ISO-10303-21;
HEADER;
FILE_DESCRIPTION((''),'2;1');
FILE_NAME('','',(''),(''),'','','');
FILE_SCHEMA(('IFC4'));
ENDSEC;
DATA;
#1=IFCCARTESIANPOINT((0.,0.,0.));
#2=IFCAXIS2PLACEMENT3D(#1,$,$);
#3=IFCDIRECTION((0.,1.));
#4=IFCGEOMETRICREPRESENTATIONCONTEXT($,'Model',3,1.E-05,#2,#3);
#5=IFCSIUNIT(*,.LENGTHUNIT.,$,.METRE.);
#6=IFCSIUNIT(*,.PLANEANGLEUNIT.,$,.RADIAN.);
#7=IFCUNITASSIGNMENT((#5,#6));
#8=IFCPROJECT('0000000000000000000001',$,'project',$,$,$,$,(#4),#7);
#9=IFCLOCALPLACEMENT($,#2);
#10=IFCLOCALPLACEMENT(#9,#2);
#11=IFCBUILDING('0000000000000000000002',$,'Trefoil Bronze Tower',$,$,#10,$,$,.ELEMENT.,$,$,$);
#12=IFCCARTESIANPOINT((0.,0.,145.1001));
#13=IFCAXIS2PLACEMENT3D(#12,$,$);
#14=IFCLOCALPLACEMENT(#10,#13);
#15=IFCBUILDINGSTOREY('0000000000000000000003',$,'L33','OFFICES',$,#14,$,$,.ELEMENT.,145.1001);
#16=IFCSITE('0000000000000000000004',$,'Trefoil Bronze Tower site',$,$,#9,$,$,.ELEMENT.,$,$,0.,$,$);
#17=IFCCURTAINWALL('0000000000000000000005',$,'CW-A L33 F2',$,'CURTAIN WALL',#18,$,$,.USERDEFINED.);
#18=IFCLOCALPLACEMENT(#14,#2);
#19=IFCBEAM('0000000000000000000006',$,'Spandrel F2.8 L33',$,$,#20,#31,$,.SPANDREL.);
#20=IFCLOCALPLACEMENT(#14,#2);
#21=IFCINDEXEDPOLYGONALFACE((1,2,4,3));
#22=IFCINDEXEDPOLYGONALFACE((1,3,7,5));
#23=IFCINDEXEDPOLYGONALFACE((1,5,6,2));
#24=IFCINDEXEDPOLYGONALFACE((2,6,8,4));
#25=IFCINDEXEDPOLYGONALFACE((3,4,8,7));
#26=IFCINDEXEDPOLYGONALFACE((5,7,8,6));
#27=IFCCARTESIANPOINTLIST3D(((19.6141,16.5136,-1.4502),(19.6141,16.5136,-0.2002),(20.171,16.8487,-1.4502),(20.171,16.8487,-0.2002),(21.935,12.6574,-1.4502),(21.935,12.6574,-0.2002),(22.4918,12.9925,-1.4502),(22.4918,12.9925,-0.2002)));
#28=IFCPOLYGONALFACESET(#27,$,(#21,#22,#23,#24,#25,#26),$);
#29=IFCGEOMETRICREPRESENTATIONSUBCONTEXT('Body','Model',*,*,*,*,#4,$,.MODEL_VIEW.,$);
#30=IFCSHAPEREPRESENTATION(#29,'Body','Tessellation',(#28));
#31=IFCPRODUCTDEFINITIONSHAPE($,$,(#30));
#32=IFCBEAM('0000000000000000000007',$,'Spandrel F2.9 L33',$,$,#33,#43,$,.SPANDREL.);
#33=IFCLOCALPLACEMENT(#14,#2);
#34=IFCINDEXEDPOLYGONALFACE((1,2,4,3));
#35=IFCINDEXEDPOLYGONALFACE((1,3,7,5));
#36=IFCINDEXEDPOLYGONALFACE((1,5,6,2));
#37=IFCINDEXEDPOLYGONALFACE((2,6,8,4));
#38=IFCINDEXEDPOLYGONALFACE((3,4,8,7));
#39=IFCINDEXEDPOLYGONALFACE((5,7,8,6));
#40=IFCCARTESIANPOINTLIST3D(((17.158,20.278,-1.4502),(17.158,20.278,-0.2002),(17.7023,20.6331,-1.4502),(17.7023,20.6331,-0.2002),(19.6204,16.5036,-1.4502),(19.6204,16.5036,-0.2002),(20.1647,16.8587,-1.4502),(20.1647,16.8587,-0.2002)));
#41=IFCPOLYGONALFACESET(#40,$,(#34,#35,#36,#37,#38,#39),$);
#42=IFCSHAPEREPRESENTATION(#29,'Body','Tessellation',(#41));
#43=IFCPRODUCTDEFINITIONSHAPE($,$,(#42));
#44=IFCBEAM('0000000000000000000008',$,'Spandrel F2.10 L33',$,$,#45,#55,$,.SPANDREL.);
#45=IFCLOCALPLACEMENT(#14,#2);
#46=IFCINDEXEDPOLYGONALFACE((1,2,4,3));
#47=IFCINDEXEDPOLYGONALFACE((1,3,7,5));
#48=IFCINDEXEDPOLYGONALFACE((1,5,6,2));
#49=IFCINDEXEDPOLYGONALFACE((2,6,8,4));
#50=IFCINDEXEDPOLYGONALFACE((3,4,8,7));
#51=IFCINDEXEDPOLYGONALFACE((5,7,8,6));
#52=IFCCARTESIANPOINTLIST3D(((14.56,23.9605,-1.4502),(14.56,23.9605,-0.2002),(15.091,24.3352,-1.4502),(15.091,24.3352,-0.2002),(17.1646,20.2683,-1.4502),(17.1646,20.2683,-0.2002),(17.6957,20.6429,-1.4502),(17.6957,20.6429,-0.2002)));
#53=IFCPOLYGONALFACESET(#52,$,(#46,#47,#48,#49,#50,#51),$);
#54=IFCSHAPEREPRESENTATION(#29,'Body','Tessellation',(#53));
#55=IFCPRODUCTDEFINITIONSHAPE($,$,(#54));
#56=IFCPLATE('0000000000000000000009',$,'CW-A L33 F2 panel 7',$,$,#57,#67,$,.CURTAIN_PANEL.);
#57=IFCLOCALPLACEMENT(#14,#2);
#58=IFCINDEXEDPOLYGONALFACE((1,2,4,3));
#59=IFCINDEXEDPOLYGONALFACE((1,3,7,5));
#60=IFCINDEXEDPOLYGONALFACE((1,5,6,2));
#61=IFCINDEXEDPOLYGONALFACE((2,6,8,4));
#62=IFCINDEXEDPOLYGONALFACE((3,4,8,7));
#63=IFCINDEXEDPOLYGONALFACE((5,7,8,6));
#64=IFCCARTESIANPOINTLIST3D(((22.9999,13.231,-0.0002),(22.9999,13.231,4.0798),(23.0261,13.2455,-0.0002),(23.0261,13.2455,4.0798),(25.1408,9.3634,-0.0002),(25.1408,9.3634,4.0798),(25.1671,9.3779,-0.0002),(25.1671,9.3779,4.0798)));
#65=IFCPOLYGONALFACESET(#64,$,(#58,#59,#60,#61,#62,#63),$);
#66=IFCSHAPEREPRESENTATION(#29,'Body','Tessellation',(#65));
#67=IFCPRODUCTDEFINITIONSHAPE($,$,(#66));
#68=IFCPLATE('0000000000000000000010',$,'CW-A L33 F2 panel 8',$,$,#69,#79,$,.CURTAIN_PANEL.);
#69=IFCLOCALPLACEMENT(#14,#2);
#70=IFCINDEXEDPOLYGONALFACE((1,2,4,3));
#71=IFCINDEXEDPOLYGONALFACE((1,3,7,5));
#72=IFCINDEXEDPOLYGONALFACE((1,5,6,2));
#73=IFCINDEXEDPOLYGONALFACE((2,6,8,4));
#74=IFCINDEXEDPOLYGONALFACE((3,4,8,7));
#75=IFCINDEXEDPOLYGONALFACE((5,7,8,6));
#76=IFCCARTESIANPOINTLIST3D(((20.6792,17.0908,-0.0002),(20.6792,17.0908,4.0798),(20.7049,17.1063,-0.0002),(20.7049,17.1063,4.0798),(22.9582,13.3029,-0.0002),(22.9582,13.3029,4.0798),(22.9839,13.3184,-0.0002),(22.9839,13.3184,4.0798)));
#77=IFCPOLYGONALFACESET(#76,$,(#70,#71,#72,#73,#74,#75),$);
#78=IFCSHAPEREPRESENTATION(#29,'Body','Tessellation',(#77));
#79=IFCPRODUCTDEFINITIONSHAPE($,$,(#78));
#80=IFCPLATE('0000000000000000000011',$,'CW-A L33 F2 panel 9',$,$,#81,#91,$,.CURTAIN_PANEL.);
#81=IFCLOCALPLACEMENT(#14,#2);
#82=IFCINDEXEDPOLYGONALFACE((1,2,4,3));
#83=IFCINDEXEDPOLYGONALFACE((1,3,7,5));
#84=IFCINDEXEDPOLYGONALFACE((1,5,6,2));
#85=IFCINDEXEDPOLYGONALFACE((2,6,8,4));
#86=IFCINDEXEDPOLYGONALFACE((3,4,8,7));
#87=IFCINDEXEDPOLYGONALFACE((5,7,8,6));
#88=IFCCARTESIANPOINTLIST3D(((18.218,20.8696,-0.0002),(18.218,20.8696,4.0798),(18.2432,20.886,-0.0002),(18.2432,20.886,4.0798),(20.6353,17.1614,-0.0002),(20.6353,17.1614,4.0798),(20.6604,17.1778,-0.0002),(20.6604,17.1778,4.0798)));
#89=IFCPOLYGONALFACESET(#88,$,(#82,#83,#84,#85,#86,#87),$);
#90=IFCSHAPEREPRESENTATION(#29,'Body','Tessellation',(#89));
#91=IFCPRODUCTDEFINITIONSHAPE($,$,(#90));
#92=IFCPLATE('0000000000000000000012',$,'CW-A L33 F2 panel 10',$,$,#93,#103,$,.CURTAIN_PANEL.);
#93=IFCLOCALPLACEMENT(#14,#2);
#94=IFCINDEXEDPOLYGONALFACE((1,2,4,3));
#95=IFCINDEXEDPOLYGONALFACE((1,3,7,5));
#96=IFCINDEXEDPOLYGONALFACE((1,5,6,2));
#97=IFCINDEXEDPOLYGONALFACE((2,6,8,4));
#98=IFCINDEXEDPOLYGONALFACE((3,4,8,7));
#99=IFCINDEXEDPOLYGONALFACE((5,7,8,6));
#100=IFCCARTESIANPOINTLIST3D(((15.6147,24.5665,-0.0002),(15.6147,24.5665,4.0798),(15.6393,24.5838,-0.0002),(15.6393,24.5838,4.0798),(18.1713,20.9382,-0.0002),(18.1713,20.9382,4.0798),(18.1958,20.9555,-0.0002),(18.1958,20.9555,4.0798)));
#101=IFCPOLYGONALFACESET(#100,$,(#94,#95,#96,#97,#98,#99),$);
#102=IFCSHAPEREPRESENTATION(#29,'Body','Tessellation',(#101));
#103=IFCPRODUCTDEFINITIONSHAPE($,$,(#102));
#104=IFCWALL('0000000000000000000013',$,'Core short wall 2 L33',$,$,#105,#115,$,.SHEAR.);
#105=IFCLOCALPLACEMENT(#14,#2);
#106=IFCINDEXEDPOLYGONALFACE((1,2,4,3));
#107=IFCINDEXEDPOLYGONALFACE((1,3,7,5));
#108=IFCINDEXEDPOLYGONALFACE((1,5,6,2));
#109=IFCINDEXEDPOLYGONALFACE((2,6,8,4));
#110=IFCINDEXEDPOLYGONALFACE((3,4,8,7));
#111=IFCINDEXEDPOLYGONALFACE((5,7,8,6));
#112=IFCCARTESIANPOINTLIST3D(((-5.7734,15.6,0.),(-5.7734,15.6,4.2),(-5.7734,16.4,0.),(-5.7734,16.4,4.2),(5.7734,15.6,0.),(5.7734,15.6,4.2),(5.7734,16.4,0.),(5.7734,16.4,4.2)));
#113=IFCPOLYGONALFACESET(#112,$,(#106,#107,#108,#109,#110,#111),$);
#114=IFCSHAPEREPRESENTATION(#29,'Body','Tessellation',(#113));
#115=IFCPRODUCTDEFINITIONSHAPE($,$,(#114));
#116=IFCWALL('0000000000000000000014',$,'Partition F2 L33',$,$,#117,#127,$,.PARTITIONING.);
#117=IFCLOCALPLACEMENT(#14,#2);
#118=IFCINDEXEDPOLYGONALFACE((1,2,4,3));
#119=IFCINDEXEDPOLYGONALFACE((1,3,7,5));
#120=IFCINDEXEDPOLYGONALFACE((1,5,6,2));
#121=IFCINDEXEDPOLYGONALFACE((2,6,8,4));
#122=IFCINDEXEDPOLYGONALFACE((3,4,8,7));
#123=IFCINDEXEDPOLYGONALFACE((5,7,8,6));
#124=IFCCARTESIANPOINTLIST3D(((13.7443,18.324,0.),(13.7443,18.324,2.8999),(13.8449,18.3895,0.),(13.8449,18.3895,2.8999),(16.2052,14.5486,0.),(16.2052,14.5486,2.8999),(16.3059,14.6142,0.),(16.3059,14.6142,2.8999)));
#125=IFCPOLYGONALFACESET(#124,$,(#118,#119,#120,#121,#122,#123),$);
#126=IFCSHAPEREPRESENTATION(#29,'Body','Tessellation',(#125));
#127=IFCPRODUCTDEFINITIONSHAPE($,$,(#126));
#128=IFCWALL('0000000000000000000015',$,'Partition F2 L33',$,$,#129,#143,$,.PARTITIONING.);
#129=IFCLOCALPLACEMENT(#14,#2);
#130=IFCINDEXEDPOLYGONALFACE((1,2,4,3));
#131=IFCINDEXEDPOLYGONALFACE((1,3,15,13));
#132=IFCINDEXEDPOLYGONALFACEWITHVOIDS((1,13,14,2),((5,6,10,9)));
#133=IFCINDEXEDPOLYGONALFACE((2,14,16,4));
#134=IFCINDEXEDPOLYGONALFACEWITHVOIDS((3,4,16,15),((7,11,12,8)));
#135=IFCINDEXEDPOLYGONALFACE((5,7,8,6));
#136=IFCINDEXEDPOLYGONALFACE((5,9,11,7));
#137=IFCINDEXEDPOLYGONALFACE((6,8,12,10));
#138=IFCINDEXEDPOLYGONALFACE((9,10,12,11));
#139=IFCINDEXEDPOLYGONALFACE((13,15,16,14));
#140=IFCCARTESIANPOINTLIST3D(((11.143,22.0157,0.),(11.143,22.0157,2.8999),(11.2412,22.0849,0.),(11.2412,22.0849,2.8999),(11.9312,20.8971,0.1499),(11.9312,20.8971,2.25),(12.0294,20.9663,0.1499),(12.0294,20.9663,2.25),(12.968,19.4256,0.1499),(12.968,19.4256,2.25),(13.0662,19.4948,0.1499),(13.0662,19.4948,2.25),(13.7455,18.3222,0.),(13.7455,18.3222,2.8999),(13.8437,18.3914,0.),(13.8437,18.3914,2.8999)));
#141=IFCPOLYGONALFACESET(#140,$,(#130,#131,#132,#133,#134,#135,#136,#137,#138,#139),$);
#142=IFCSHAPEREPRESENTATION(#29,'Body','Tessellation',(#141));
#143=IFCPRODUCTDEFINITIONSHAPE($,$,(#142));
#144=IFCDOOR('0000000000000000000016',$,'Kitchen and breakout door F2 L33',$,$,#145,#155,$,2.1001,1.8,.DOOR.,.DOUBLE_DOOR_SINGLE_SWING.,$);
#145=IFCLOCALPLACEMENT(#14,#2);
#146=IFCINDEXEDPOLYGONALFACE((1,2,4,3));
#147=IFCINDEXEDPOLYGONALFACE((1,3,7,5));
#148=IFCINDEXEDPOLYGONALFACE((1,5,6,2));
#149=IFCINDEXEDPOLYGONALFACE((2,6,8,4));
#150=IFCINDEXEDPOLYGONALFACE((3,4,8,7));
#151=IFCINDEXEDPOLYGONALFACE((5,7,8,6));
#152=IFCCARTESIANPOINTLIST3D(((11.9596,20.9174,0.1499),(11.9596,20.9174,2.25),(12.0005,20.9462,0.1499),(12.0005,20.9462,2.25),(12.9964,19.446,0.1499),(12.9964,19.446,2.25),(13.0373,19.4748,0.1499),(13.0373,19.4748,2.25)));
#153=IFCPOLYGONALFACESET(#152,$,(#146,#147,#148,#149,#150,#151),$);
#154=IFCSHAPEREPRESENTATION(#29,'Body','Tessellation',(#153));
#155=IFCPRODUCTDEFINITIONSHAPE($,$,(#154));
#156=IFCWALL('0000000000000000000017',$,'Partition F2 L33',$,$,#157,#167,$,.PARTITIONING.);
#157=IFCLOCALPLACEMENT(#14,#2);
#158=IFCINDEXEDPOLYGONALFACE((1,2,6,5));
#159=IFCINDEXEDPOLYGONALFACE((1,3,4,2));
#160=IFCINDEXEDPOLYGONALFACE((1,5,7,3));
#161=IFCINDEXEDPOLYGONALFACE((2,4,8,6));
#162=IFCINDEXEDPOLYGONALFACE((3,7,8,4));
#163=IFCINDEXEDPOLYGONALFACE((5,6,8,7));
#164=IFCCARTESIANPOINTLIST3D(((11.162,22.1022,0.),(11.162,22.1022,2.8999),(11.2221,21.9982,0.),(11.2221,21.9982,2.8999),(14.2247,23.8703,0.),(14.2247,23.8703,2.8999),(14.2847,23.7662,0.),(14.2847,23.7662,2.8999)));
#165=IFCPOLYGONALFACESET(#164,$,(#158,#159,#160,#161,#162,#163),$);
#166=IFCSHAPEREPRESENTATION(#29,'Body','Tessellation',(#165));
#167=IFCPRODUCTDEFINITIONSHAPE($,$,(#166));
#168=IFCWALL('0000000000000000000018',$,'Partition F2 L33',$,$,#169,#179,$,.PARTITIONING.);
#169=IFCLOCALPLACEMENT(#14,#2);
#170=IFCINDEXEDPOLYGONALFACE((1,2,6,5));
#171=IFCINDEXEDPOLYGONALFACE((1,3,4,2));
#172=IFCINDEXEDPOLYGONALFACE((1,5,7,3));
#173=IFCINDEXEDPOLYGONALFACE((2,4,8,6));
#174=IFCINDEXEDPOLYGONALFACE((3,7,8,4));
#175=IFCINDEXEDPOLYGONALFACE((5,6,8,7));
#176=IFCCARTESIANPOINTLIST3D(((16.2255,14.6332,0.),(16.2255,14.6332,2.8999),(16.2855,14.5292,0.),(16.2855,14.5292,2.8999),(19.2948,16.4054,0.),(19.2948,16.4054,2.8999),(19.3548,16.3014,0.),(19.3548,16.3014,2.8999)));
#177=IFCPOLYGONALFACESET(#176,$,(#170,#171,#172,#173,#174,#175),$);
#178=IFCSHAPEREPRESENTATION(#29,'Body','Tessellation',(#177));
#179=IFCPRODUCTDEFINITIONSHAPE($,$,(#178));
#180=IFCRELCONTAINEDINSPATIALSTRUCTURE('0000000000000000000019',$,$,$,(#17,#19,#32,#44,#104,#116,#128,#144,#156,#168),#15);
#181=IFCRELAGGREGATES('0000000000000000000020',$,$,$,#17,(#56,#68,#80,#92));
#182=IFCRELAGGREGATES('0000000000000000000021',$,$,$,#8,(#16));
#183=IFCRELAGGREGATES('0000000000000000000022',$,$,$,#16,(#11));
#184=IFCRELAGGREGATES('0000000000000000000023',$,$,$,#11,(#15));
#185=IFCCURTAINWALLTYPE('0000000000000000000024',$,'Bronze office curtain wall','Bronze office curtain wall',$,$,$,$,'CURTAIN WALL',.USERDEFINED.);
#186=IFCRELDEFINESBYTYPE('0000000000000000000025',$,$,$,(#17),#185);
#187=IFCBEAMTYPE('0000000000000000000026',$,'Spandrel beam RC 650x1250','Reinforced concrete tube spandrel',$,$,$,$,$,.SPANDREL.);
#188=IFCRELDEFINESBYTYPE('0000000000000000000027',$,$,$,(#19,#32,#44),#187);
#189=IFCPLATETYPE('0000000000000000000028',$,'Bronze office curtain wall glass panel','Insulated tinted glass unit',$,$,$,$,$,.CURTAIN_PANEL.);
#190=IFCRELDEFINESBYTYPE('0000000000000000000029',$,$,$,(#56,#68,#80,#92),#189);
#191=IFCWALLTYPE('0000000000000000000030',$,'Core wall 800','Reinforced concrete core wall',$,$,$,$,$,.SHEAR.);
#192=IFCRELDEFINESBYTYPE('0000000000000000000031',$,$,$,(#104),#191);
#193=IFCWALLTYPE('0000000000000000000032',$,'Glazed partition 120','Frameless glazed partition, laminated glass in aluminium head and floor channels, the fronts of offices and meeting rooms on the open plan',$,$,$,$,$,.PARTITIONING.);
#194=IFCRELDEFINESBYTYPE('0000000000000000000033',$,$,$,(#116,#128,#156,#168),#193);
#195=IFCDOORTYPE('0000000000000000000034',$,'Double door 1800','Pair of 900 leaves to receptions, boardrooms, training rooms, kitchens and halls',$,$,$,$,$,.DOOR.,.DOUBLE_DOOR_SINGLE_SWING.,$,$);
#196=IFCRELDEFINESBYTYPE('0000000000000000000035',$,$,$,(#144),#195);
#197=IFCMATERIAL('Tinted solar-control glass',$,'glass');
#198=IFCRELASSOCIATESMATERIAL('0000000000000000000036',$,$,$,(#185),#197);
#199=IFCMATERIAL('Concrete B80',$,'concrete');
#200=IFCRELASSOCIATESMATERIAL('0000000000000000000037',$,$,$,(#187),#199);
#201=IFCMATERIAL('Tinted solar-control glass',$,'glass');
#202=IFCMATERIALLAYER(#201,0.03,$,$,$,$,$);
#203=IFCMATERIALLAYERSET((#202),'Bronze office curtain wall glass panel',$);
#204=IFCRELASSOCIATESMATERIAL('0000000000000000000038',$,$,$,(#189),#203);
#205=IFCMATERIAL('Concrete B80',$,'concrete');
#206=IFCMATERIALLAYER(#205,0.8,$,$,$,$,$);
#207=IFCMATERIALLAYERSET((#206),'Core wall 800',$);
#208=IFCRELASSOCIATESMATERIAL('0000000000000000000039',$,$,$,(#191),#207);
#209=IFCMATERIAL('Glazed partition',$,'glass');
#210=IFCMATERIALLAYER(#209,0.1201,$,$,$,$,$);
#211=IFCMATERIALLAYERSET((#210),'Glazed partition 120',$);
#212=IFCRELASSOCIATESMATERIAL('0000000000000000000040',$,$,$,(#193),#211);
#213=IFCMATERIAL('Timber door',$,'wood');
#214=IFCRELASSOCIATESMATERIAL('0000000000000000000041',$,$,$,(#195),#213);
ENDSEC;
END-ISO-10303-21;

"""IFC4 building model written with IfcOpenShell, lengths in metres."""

from ifc_helpers import new_model, si_unit, direction, frame, frame_2d, origin, origin_2d, place, context, subcontext, project, spatial, rectangle, extrude, material, layer, layer_set, material_profile, profile_set, type_object, element, fill, aggregate, save


model = new_model("IFC4")

# Units and contexts
model_context = context("Model", 3, precision=1e-05, world=origin(), true_north=direction((0.0, 1.0)))
body_context = subcontext(model_context, "Body", "Model", "MODEL_VIEW")
ifc_project = project(units=[si_unit("LENGTHUNIT", "METRE"), si_unit("PLANEANGLEUNIT", "RADIAN")], contexts=[model_context])

# Site, building, storey
site_placement = place(None, origin())
site = spatial("IfcSite", under=ifc_project, at=site_placement, Name="Trefoil Bronze Tower site", CompositionType="ELEMENT", RefElevation=0.0)
building_placement = place(site_placement, origin())
building = spatial("IfcBuilding", under=site, at=building_placement, Name="Trefoil Bronze Tower", CompositionType="ELEMENT")
storey_placement = place(building_placement, frame((0.0, 0.0, 145.1001)))
storey = spatial("IfcBuildingStorey", under=building, at=storey_placement, Name="L33", Description="OFFICES", CompositionType="ELEMENT", Elevation=145.1001)

# Curtain wall
ifc_material_1 = material(Name="Tinted solar-control glass", Category="glass")
curtain_wall_type = type_object("IfcCurtainWallType", Name="Bronze office curtain wall", Description="Bronze office curtain wall", ElementType="CURTAIN WALL", PredefinedType="USERDEFINED", material=ifc_material_1)
curtain_wall_placement = place(storey_placement, origin())
curtain_wall = element("IfcCurtainWall", 1, at=curtain_wall_placement, inside=storey, type_object=curtain_wall_type, Name="CW-A L33 F2", ObjectType="CURTAIN WALL", PredefinedType="USERDEFINED")

# Beams
ifc_material_2 = material(Name="Concrete B80", Category="concrete")
ifc_material_profile_1 = material_profile(ifc_material_2, rectangle(XDim=0.6499, YDim=1.25, at=origin_2d()), Name="RC 650x1250")
ifc_profile_set_1 = profile_set([ifc_material_profile_1], Name="Concrete B80")
beam_type_1 = type_object("IfcBeamType", Name="Spandrel beam RC 650x1250", Description="Reinforced concrete tube spandrel", PredefinedType="SPANDREL", material=ifc_profile_set_1)
beam_1_placement = place(storey_placement, frame((22.2134, 12.825, -0.8252), z_axis=(-0.515652, 0.856798, 0.0), x_axis=(-0.856798, -0.515652, 0.0)))
element("IfcBeam", 2, at=beam_1_placement, inside=storey, type_object=beam_type_1, Name="Spandrel F2.8 L33", PredefinedType="SPANDREL", context=body_context, shape_type="SweptSolid", body=[
    extrude(rectangle(XDim=0.6499, YDim=1.25, at=origin_2d()), origin(), (0.0, 0.0, 1.0), 4.5007),
])
beam_2_placement = place(storey_placement, frame((19.8926, 16.6812, -0.8252), z_axis=(-0.546397, 0.837527, 0.0), x_axis=(-0.837527, -0.546397, 0.0)))
element("IfcBeam", 3, at=beam_2_placement, inside=storey, type_object=beam_type_1, Name="Spandrel F2.9 L33", PredefinedType="SPANDREL", context=body_context, shape_type="SweptSolid", body=[
    extrude(rectangle(XDim=0.6499, YDim=1.25, at=origin_2d()), origin(), (0.0, 0.0, 1.0), 4.5066),
])
beam_3_placement = place(storey_placement, frame((17.4302, 20.4556, -0.8252), z_axis=(-0.576439, 0.81714, 0.0), x_axis=(-0.81714, -0.576439, 0.0)))
element("IfcBeam", 4, at=beam_3_placement, inside=storey, type_object=beam_type_1, Name="Spandrel F2.10 L33", PredefinedType="SPANDREL", context=body_context, shape_type="SweptSolid", body=[
    extrude(rectangle(XDim=0.6499, YDim=1.25, at=origin_2d()), origin(), (0.0, 0.0, 1.0), 4.5186),
])

# Plates
ifc_material_3 = material(Name="Tinted solar-control glass", Category="glass")
ifc_layer_1 = layer(ifc_material_3, 0.03)
ifc_layer_set_1 = layer_set([ifc_layer_1], Name="Bronze office curtain wall glass panel")
plate_type = type_object("IfcPlateType", Name="Bronze office curtain wall glass panel", Description="Insulated tinted glass unit", PredefinedType="CURTAIN_PANEL", material=ifc_layer_set_1)
plate_1_placement = place(storey_placement, frame((24.0835, 11.3044, -0.0002), z_axis=(0.0, 0.0, 1.0), x_axis=(-0.484312, 0.874895, 0.0)))
plate_1 = element("IfcPlate", 5, at=plate_1_placement, type_object=plate_type, Name="CW-A L33 F2 panel 7", PredefinedType="CURTAIN_PANEL", context=body_context, shape_type="SweptSolid", body=[
    extrude(rectangle(XDim=4.4207, YDim=0.03, at=origin_2d()), origin(), (0.0, 0.0, 1.0), 4.0801),
])
plate_2_placement = place(storey_placement, frame((21.8315, 15.2046, -0.0002), z_axis=(0.0, 0.0, 1.0), x_axis=(-0.515525, 0.856874, 0.0)))
plate_2 = element("IfcPlate", 6, at=plate_2_placement, type_object=plate_type, Name="CW-A L33 F2 panel 8", PredefinedType="CURTAIN_PANEL", context=body_context, shape_type="SweptSolid", body=[
    extrude(rectangle(XDim=4.4207, YDim=0.03, at=origin_2d()), origin(), (0.0, 0.0, 1.0), 4.0801),
])
plate_3_placement = place(storey_placement, frame((19.4392, 19.0237, -0.0002), z_axis=(0.0, 0.0, 1.0), x_axis=(-0.546089, 0.837727, 0.0)))
plate_3 = element("IfcPlate", 7, at=plate_3_placement, type_object=plate_type, Name="CW-A L33 F2 panel 9", PredefinedType="CURTAIN_PANEL", context=body_context, shape_type="SweptSolid", body=[
    extrude(rectangle(XDim=4.4265, YDim=0.03, at=origin_2d()), origin(), (0.0, 0.0, 1.0), 4.0801),
])
plate_4_placement = place(storey_placement, frame((16.9053, 22.761, -0.0002), z_axis=(0.0, 0.0, 1.0), x_axis=(-0.575999, 0.81745, 0.0)))
plate_4 = element("IfcPlate", 8, at=plate_4_placement, type_object=plate_type, Name="CW-A L33 F2 panel 10", PredefinedType="CURTAIN_PANEL", context=body_context, shape_type="SweptSolid", body=[
    extrude(rectangle(XDim=4.4385, YDim=0.03, at=origin_2d()), origin(), (0.0, 0.0, 1.0), 4.0801),
])
aggregate(curtain_wall, [plate_1, plate_2, plate_3, plate_4])

# Walls
ifc_material_4 = material(Name="Concrete B80", Category="concrete")
ifc_layer_2 = layer(ifc_material_4, 0.8)
ifc_layer_set_2 = layer_set([ifc_layer_2], Name="Core wall 800")
wall_type_1 = type_object("IfcWallType", Name="Core wall 800", Description="Reinforced concrete core wall", PredefinedType="SHEAR", material=ifc_layer_set_2)
wall_1_placement = place(storey_placement, frame((5.7734, 16.0, 0.0), z_axis=(0.0, 0.0, 1.0), x_axis=(-1.0, 0.0, 0.0)))
element("IfcWall", 9, at=wall_1_placement, inside=storey, type_object=wall_type_1, Name="Core short wall 2 L33", PredefinedType="SHEAR", context=body_context, shape_type="SweptSolid", body=[
    extrude(rectangle(XDim=11.5469, YDim=0.8, at=frame_2d((5.7734, 0.0))), origin(), (0.0, 0.0, 1.0), 4.2),
])
ifc_material_5 = material(Name="Glazed partition", Category="glass")
ifc_layer_3 = layer(ifc_material_5, 0.1201)
ifc_layer_set_3 = layer_set([ifc_layer_3], Name="Glazed partition 120")
wall_type_2 = type_object("IfcWallType", Name="Glazed partition 120", Description="Frameless glazed partition, laminated glass in aluminium head and floor channels, the fronts of offices and meeting rooms on the open plan", PredefinedType="PARTITIONING", material=ifc_layer_set_3)
wall_2_placement = place(storey_placement, frame((16.2556, 14.5813, 0.0), z_axis=(0.0, 0.0, 1.0), x_axis=(-0.546069, 0.83774, 0.0)))
element("IfcWall", 10, at=wall_2_placement, inside=storey, type_object=wall_type_2, Name="Partition F2 L33", PredefinedType="PARTITIONING", context=body_context, shape_type="SweptSolid", body=[
    extrude(rectangle(XDim=4.5066, YDim=0.1201, at=frame_2d((2.2534, 0.0))), origin(), (0.0, 0.0, 1.0), 2.8999),
])

# Wall, opening, door
wall_3_placement = place(storey_placement, frame((13.7947, 18.3567, 0.0), z_axis=(0.0, 0.0, 1.0), x_axis=(-0.575987, 0.817459, 0.0)))
wall_3 = element("IfcWall", 11, at=wall_3_placement, inside=storey, type_object=wall_type_2, Name="Partition F2 L33", PredefinedType="PARTITIONING", context=body_context, shape_type="SweptSolid", body=[
    extrude(rectangle(XDim=4.5183, YDim=0.1201, at=frame_2d((2.2593, 0.0))), origin(), (0.0, 0.0, 1.0), 2.8999),
])
opening_placement = place(wall_3_placement, frame((1.3501, 0.0, 0.1499)))
opening = element("IfcOpeningElement", 12, at=opening_placement, cuts=wall_3, PredefinedType="OPENING", context=body_context, shape_type="SweptSolid", body=[
    extrude(rectangle(XDim=1.8, YDim=2.1001, at=frame_2d((0.8999, 1.05))), frame((0.0, 0.0701, 0.0), z_axis=(0.0, -1.0, 0.0), x_axis=(1.0, 0.0, 0.0)), (0.0, 0.0, 1.0), 0.1401),
])
ifc_material_6 = material(Name="Timber door", Category="wood")
door_type = type_object("IfcDoorType", Name="Double door 1800", Description="Pair of 900 leaves to receptions, boardrooms, training rooms, kitchens and halls", OperationType="DOUBLE_DOOR_SINGLE_SWING", PredefinedType="DOOR", material=ifc_material_6)
door_placement = place(opening_placement, frame((1.8, 0.0, 0.0), z_axis=(0.0, 0.0, 1.0), x_axis=(-1.0, 0.0, 0.0)))
door = element("IfcDoor", 13, at=door_placement, inside=storey, type_object=door_type, Name="Kitchen and breakout door F2 L33", OperationType="DOUBLE_DOOR_SINGLE_SWING", OverallHeight=2.1001, OverallWidth=1.8, PredefinedType="DOOR", context=body_context, shape_type="SweptSolid", body=[
    extrude(rectangle(XDim=1.8, YDim=2.1001, at=frame_2d((0.8999, 1.05))), frame((0.0, 0.0249, 0.0), z_axis=(0.0, -1.0, 0.0), x_axis=(1.0, 0.0, 0.0)), (0.0, 0.0, 1.0), 0.05),
])
fill(opening, door)

# Walls
wall_4_placement = place(storey_placement, frame((11.1921, 22.0503, 0.0), z_axis=(0.0, 0.0, 1.0), x_axis=(0.866051, 0.499956, 0.0)))
element("IfcWall", 14, at=wall_4_placement, inside=storey, type_object=wall_type_2, Name="Partition F2 L33", PredefinedType="PARTITIONING", context=body_context, shape_type="SweptSolid", body=[
    extrude(rectangle(XDim=3.5364, YDim=0.1201, at=frame_2d((1.7681, 0.0))), origin(), (0.0, 0.0, 1.0), 2.8999),
])
wall_5_placement = place(storey_placement, frame((16.2556, 14.5813, 0.0), z_axis=(0.0, 0.0, 1.0), x_axis=(0.866009, 0.500029, 0.0)))
element("IfcWall", 15, at=wall_5_placement, inside=storey, type_object=wall_type_2, Name="Partition F2 L33", PredefinedType="PARTITIONING", context=body_context, shape_type="SweptSolid", body=[
    extrude(rectangle(XDim=3.5442, YDim=0.1201, at=frame_2d((1.772, 0.0))), origin(), (0.0, 0.0, 1.0), 2.8999),
])

save(model, "model.ifc")
